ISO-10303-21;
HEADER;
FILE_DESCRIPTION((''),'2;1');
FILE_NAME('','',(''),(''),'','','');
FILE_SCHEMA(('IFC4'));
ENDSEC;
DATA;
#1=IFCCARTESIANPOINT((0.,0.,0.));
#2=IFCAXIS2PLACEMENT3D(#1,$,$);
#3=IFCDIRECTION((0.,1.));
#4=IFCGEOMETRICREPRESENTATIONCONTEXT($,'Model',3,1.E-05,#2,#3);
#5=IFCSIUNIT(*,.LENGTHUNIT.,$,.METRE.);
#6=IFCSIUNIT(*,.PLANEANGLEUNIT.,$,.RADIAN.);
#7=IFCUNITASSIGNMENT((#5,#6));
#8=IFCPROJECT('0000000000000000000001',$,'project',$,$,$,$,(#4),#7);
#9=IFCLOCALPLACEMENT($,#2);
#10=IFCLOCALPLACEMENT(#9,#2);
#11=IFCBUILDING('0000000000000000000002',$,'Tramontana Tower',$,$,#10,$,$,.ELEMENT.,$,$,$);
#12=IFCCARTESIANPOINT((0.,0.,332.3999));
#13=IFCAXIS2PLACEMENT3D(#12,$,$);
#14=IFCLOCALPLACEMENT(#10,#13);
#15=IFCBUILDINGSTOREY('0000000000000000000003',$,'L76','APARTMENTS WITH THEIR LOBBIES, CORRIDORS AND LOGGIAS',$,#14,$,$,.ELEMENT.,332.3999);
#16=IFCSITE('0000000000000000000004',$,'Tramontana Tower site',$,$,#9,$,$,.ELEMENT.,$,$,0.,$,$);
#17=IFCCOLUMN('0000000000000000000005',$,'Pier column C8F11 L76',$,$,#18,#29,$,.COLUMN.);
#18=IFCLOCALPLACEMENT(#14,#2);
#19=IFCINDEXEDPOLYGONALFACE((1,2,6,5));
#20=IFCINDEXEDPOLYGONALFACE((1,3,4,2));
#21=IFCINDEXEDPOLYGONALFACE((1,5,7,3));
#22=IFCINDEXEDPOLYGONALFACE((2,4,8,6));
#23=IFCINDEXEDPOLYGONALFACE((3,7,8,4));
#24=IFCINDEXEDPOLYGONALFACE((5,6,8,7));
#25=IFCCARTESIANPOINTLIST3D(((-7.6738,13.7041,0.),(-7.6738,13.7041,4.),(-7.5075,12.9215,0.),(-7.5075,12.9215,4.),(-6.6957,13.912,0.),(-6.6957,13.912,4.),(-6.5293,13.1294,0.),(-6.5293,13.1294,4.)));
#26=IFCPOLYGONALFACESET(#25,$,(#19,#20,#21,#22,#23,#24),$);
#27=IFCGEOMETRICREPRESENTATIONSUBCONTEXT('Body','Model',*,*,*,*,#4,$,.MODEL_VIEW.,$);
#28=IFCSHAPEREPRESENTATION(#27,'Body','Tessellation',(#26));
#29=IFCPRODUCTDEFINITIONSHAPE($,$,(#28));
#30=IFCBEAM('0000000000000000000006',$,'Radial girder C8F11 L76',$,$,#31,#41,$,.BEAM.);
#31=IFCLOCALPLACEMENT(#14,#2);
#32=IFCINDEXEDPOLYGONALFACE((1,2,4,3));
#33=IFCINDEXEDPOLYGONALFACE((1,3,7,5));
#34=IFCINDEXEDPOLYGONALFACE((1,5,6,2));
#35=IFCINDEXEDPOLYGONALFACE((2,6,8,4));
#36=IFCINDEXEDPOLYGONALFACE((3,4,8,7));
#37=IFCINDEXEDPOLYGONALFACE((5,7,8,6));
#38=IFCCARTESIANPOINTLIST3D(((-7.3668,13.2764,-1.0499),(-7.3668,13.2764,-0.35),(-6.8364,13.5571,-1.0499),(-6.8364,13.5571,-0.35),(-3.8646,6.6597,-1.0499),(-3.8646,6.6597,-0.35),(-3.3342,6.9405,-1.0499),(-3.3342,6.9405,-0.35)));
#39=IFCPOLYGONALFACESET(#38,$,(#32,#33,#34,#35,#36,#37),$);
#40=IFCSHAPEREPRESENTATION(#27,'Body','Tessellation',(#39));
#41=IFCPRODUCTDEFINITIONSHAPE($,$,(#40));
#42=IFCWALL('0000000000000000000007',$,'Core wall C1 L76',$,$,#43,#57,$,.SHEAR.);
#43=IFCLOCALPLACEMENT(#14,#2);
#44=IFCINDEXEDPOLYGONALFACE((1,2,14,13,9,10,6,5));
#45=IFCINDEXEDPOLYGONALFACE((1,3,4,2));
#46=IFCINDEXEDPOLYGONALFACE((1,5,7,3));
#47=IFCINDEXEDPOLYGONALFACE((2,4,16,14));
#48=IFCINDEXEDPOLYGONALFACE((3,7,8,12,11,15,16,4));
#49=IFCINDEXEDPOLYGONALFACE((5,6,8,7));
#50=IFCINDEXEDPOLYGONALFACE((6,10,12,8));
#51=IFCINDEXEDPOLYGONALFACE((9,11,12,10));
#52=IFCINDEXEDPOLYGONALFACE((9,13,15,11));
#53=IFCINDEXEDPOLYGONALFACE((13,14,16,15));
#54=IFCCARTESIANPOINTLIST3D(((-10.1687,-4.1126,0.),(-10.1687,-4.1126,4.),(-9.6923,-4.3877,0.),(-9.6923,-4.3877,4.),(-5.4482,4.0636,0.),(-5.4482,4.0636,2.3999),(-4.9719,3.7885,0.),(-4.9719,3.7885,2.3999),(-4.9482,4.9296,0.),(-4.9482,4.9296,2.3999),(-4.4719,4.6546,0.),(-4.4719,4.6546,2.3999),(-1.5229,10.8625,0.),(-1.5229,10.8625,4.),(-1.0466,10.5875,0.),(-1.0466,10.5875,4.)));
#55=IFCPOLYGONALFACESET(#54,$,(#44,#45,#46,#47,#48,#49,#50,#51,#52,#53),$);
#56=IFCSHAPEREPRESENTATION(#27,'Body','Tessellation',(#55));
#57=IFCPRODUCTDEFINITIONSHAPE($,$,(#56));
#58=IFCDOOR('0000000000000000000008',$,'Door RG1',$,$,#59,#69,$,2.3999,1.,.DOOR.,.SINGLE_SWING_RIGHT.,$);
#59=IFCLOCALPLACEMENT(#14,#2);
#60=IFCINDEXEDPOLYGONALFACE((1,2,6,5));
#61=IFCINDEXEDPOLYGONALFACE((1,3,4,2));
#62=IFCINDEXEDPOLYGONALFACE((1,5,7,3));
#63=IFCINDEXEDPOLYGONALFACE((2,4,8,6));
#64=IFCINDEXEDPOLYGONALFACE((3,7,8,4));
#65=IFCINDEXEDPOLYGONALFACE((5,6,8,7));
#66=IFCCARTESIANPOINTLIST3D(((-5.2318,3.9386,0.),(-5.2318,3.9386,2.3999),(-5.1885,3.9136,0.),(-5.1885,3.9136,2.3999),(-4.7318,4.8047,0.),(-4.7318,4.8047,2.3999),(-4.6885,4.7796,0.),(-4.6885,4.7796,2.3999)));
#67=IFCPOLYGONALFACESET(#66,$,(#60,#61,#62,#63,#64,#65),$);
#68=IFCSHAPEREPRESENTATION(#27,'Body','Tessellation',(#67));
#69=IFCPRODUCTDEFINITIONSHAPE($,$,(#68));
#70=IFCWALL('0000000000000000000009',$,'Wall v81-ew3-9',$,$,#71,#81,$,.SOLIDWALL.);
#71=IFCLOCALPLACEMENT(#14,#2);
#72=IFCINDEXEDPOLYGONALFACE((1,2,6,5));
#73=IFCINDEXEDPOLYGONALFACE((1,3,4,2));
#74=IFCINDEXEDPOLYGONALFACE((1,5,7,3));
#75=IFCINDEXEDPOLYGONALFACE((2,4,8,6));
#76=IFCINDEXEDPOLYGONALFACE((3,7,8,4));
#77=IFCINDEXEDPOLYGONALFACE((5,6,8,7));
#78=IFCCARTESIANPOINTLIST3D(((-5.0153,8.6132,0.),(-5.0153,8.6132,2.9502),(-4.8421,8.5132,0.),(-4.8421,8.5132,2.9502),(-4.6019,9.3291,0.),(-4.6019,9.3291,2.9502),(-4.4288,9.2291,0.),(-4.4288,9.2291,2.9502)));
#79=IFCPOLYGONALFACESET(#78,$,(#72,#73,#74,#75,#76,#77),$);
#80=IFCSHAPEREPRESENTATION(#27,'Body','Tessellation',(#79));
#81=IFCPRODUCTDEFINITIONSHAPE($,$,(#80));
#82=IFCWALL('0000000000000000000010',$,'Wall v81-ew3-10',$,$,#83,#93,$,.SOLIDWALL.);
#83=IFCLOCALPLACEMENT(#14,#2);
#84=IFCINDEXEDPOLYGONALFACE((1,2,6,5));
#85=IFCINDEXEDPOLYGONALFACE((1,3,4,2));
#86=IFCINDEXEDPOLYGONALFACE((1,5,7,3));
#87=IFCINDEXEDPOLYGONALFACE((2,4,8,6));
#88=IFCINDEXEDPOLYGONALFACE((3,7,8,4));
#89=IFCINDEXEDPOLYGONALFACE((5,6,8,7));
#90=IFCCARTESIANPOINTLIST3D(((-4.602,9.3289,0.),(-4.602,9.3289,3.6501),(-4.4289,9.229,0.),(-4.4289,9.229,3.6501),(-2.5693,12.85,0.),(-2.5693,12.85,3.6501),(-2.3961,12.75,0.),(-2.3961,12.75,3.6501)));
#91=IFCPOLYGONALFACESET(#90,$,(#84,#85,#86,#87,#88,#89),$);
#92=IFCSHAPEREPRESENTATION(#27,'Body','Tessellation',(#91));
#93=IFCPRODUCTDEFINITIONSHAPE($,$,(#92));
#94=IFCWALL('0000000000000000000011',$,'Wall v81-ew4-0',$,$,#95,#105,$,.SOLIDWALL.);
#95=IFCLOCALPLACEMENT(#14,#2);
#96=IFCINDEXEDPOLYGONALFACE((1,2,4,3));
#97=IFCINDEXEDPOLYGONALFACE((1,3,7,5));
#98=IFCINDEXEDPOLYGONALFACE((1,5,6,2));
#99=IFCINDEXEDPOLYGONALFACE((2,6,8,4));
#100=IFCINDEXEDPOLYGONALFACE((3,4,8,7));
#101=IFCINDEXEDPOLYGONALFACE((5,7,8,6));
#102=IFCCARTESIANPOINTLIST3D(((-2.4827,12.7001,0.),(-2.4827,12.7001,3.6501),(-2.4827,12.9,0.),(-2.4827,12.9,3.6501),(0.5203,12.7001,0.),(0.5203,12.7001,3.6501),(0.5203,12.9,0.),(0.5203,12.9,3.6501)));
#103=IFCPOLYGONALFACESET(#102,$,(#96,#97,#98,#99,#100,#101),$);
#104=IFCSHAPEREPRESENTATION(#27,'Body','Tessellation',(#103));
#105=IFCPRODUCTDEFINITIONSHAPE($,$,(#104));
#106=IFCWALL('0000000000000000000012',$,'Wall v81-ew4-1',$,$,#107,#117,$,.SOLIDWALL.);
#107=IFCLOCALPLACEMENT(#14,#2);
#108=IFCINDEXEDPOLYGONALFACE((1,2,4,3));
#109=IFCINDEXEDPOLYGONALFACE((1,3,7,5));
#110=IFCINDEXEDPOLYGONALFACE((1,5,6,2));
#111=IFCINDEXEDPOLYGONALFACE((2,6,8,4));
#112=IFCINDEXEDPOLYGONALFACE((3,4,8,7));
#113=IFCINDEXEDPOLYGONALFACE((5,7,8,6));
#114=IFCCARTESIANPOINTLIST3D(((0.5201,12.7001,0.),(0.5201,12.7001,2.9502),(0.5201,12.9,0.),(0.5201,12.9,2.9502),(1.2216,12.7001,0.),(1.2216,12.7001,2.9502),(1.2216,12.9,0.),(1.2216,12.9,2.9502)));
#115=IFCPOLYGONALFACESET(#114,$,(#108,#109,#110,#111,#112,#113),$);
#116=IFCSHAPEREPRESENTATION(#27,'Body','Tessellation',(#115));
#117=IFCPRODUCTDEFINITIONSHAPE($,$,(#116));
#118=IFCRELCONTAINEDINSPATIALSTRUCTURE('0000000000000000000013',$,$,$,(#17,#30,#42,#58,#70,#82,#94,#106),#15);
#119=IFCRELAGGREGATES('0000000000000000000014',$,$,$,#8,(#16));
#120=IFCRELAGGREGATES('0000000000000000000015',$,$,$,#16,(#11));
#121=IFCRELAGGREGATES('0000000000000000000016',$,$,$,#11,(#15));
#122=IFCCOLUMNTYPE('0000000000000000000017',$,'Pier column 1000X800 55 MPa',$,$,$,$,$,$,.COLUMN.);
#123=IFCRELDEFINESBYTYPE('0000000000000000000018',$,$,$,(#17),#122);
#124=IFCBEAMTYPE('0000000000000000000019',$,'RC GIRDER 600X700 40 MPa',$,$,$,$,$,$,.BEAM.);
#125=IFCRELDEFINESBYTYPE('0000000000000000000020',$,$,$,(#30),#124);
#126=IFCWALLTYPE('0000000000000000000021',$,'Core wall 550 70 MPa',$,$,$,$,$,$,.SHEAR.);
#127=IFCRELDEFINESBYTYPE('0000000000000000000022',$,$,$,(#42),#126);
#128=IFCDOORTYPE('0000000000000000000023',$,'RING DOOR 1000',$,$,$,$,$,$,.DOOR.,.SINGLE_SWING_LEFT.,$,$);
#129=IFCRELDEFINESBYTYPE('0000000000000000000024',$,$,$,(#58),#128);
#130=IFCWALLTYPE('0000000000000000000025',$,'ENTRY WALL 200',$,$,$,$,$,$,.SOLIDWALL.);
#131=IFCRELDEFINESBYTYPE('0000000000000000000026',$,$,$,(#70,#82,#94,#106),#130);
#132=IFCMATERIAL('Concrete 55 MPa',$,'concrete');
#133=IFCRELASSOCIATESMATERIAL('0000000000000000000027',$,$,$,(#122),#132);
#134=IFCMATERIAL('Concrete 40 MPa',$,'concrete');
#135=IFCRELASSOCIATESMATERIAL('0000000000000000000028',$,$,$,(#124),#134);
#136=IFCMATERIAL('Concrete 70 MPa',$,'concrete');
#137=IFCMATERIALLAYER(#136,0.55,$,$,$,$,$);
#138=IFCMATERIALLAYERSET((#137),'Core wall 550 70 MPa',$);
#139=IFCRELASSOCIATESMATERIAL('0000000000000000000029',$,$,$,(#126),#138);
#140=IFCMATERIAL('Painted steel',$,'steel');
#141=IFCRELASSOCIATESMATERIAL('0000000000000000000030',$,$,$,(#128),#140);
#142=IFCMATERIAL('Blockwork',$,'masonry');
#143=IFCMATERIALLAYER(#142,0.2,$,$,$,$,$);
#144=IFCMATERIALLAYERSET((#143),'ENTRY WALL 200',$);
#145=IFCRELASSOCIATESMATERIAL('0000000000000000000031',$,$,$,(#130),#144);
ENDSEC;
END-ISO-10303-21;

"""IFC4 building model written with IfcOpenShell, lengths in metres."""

from ifc_helpers import new_model, si_unit, direction, frame, frame_2d, origin, origin_2d, place, context, subcontext, project, spatial, rectangle, extrude, material, layer, layer_set, material_profile, profile_set, type_object, element, fill, save


model = new_model("IFC4")

# Units and contexts
model_context = context("Model", 3, precision=1e-05, world=origin(), true_north=direction((0.0, 1.0)))
body_context = subcontext(model_context, "Body", "Model", "MODEL_VIEW")
ifc_project = project(units=[si_unit("LENGTHUNIT", "METRE"), si_unit("PLANEANGLEUNIT", "RADIAN")], contexts=[model_context])

# Site, building, storey
site_placement = place(None, origin())
site = spatial("IfcSite", under=ifc_project, at=site_placement, Name="Tramontana Tower site", CompositionType="ELEMENT", RefElevation=0.0)
building_placement = place(site_placement, origin())
building = spatial("IfcBuilding", under=site, at=building_placement, Name="Tramontana Tower", CompositionType="ELEMENT")
storey_placement = place(building_placement, frame((0.0, 0.0, 332.3999)))
storey = spatial("IfcBuildingStorey", under=building, at=storey_placement, Name="L76", Description="APARTMENTS WITH THEIR LOBBIES, CORRIDORS AND LOGGIAS", CompositionType="ELEMENT", Elevation=332.3999)

# Column
ifc_material_1 = material(Name="Concrete 55 MPa", Category="concrete")
ifc_material_profile_1 = material_profile(ifc_material_1, rectangle(XDim=1.0, YDim=0.8, at=origin_2d()), Name="Pier column 1000X800 55 MPa")
ifc_profile_set_1 = profile_set([ifc_material_profile_1], Name="Concrete 55 MPa")
column_type = type_object("IfcColumnType", Name="Pier column 1000X800 55 MPa", PredefinedType="COLUMN", material=ifc_profile_set_1)
column_placement = place(storey_placement, frame((-7.1016, 13.4167, 0.0), z_axis=(0.0, 0.0, 1.0), x_axis=(-0.978148, -0.207912, 0.0)))
element("IfcColumn", 1, at=column_placement, inside=storey, type_object=column_type, Name="Pier column C8F11 L76", PredefinedType="COLUMN", context=body_context, shape_type="SweptSolid", body=[
    extrude(rectangle(XDim=1.0, YDim=0.8, at=origin_2d()), origin(), (0.0, 0.0, 1.0), 4.0),
])

# Beam
ifc_material_2 = material(Name="Concrete 40 MPa", Category="concrete")
ifc_material_profile_2 = material_profile(ifc_material_2, rectangle(XDim=0.6001, YDim=0.7, at=origin_2d()), Name="RC GIRDER 600X700 40 MPa")
ifc_profile_set_2 = profile_set([ifc_material_profile_2], Name="Concrete 40 MPa")
beam_type = type_object("IfcBeamType", Name="RC GIRDER 600X700 40 MPa", PredefinedType="BEAM", material=ifc_profile_set_2)
beam_placement = place(storey_placement, frame((-7.1016, 13.4167, -0.7), z_axis=(0.467808, -0.88383, 0.0), x_axis=(0.88383, 0.467808, 0.0)))
element("IfcBeam", 2, at=beam_placement, inside=storey, type_object=beam_type, Name="Radial girder C8F11 L76", PredefinedType="BEAM", context=body_context, shape_type="SweptSolid", body=[
    extrude(rectangle(XDim=0.6001, YDim=0.7, at=origin_2d()), origin(), (0.0, 0.0, 1.0), 7.4863),
])

# Wall, opening, door
ifc_material_3 = material(Name="Concrete 70 MPa", Category="concrete")
ifc_layer_1 = layer(ifc_material_3, 0.55)
ifc_layer_set_1 = layer_set([ifc_layer_1], Name="Core wall 550 70 MPa")
wall_type_1 = type_object("IfcWallType", Name="Core wall 550 70 MPa", PredefinedType="SHEAR", material=ifc_layer_set_1)
wall_1_placement = place(storey_placement, frame((-1.2847, 10.7251, 0.0), z_axis=(0.0, 0.0, 1.0), x_axis=(-0.499995, -0.866029, 0.0)))
wall_1 = element("IfcWall", 3, at=wall_1_placement, inside=storey, type_object=wall_type_1, Name="Core wall C1 L76", PredefinedType="SHEAR", context=body_context, shape_type="SweptSolid", body=[
    extrude(rectangle(XDim=17.2917, YDim=0.55, at=frame_2d((8.646, 0.0))), origin(), (0.0, 0.0, 1.0), 4.0),
])
opening_1_placement = place(wall_1_placement, frame((6.8508, 0.0, 0.0)))
opening_1 = element("IfcOpeningElement", 4, at=opening_1_placement, cuts=wall_1, PredefinedType="OPENING", context=body_context, shape_type="SweptSolid", body=[
    extrude(rectangle(XDim=1.0, YDim=2.3999, at=frame_2d((0.5, 1.2))), frame((0.0, 0.2849, 0.0), z_axis=(0.0, -1.0, 0.0), x_axis=(1.0, 0.0, 0.0)), (0.0, 0.0, 1.0), 0.5701),
])
ifc_material_4 = material(Name="Painted steel", Category="steel")
door_type_1 = type_object("IfcDoorType", Name="RING DOOR 1000", OperationType="SINGLE_SWING_LEFT", PredefinedType="DOOR", material=ifc_material_4)
door_1_placement = place(opening_1_placement, origin())
door_1 = element("IfcDoor", 5, at=door_1_placement, inside=storey, type_object=door_type_1, Name="Door RG1", OperationType="SINGLE_SWING_RIGHT", OverallHeight=2.3999, OverallWidth=1.0, PredefinedType="DOOR", context=body_context, shape_type="SweptSolid", body=[
    extrude(rectangle(XDim=1.0, YDim=2.3999, at=frame_2d((0.5, 1.2))), frame((0.0, 0.0249, 0.0), z_axis=(0.0, -1.0, 0.0), x_axis=(1.0, 0.0, 0.0)), (0.0, 0.0, 1.0), 0.05),
])
fill(opening_1, door_1)

# Walls
ifc_material_5 = material(Name="Blockwork", Category="masonry")
ifc_layer_2 = layer(ifc_material_5, 0.2)
ifc_layer_set_2 = layer_set([ifc_layer_2], Name="ENTRY WALL 200")
wall_type_2 = type_object("IfcWallType", Name="ENTRY WALL 200", PredefinedType="SOLIDWALL", material=ifc_layer_set_2)
wall_2_placement = place(storey_placement, frame((-4.9287, 8.5632, 0.0), z_axis=(0.0, 0.0, 1.0), x_axis=(0.500046, 0.865999, 0.0)))
element("IfcWall", 6, at=wall_2_placement, inside=storey, type_object=wall_type_2, Name="Wall v81-ew3-9", PredefinedType="SOLIDWALL", context=body_context, shape_type="SweptSolid", body=[
    extrude(rectangle(XDim=0.8267, YDim=0.2, at=frame_2d((0.4133, 0.0))), origin(), (0.0, 0.0, 1.0), 2.9502),
])
wall_3_placement = place(storey_placement, frame((-4.5154, 9.2791, 0.0), z_axis=(0.0, 0.0, 1.0), x_axis=(0.499975, 0.86604, 0.0)))
element("IfcWall", 7, at=wall_3_placement, inside=storey, type_object=wall_type_2, Name="Wall v81-ew3-10", PredefinedType="SOLIDWALL", context=body_context, shape_type="SweptSolid", body=[
    extrude(rectangle(XDim=4.0657, YDim=0.2, at=frame_2d((2.0327, 0.0))), origin(), (0.0, 0.0, 1.0), 3.6501),
])
wall_4_placement = place(storey_placement, frame((-2.4827, 12.8, 0.0), z_axis=(0.0, 0.0, 1.0), x_axis=(1.0, 0.0, 0.0)))
element("IfcWall", 8, at=wall_4_placement, inside=storey, type_object=wall_type_2, Name="Wall v81-ew4-0", PredefinedType="SOLIDWALL", context=body_context, shape_type="SweptSolid", body=[
    extrude(rectangle(XDim=3.0029, YDim=0.2, at=frame_2d((1.5015, 0.0))), origin(), (0.0, 0.0, 1.0), 3.6501),
])
wall_5_placement = place(storey_placement, frame((0.5203, 12.8, 0.0), z_axis=(0.0, 0.0, 1.0), x_axis=(1.0, 0.0, 0.0)))
element("IfcWall", 9, at=wall_5_placement, inside=storey, type_object=wall_type_2, Name="Wall v81-ew4-1", PredefinedType="SOLIDWALL", context=body_context, shape_type="SweptSolid", body=[
    extrude(rectangle(XDim=0.7014, YDim=0.2, at=frame_2d((0.3506, 0.0))), origin(), (0.0, 0.0, 1.0), 2.9502),
])

save(model, "model.ifc")
